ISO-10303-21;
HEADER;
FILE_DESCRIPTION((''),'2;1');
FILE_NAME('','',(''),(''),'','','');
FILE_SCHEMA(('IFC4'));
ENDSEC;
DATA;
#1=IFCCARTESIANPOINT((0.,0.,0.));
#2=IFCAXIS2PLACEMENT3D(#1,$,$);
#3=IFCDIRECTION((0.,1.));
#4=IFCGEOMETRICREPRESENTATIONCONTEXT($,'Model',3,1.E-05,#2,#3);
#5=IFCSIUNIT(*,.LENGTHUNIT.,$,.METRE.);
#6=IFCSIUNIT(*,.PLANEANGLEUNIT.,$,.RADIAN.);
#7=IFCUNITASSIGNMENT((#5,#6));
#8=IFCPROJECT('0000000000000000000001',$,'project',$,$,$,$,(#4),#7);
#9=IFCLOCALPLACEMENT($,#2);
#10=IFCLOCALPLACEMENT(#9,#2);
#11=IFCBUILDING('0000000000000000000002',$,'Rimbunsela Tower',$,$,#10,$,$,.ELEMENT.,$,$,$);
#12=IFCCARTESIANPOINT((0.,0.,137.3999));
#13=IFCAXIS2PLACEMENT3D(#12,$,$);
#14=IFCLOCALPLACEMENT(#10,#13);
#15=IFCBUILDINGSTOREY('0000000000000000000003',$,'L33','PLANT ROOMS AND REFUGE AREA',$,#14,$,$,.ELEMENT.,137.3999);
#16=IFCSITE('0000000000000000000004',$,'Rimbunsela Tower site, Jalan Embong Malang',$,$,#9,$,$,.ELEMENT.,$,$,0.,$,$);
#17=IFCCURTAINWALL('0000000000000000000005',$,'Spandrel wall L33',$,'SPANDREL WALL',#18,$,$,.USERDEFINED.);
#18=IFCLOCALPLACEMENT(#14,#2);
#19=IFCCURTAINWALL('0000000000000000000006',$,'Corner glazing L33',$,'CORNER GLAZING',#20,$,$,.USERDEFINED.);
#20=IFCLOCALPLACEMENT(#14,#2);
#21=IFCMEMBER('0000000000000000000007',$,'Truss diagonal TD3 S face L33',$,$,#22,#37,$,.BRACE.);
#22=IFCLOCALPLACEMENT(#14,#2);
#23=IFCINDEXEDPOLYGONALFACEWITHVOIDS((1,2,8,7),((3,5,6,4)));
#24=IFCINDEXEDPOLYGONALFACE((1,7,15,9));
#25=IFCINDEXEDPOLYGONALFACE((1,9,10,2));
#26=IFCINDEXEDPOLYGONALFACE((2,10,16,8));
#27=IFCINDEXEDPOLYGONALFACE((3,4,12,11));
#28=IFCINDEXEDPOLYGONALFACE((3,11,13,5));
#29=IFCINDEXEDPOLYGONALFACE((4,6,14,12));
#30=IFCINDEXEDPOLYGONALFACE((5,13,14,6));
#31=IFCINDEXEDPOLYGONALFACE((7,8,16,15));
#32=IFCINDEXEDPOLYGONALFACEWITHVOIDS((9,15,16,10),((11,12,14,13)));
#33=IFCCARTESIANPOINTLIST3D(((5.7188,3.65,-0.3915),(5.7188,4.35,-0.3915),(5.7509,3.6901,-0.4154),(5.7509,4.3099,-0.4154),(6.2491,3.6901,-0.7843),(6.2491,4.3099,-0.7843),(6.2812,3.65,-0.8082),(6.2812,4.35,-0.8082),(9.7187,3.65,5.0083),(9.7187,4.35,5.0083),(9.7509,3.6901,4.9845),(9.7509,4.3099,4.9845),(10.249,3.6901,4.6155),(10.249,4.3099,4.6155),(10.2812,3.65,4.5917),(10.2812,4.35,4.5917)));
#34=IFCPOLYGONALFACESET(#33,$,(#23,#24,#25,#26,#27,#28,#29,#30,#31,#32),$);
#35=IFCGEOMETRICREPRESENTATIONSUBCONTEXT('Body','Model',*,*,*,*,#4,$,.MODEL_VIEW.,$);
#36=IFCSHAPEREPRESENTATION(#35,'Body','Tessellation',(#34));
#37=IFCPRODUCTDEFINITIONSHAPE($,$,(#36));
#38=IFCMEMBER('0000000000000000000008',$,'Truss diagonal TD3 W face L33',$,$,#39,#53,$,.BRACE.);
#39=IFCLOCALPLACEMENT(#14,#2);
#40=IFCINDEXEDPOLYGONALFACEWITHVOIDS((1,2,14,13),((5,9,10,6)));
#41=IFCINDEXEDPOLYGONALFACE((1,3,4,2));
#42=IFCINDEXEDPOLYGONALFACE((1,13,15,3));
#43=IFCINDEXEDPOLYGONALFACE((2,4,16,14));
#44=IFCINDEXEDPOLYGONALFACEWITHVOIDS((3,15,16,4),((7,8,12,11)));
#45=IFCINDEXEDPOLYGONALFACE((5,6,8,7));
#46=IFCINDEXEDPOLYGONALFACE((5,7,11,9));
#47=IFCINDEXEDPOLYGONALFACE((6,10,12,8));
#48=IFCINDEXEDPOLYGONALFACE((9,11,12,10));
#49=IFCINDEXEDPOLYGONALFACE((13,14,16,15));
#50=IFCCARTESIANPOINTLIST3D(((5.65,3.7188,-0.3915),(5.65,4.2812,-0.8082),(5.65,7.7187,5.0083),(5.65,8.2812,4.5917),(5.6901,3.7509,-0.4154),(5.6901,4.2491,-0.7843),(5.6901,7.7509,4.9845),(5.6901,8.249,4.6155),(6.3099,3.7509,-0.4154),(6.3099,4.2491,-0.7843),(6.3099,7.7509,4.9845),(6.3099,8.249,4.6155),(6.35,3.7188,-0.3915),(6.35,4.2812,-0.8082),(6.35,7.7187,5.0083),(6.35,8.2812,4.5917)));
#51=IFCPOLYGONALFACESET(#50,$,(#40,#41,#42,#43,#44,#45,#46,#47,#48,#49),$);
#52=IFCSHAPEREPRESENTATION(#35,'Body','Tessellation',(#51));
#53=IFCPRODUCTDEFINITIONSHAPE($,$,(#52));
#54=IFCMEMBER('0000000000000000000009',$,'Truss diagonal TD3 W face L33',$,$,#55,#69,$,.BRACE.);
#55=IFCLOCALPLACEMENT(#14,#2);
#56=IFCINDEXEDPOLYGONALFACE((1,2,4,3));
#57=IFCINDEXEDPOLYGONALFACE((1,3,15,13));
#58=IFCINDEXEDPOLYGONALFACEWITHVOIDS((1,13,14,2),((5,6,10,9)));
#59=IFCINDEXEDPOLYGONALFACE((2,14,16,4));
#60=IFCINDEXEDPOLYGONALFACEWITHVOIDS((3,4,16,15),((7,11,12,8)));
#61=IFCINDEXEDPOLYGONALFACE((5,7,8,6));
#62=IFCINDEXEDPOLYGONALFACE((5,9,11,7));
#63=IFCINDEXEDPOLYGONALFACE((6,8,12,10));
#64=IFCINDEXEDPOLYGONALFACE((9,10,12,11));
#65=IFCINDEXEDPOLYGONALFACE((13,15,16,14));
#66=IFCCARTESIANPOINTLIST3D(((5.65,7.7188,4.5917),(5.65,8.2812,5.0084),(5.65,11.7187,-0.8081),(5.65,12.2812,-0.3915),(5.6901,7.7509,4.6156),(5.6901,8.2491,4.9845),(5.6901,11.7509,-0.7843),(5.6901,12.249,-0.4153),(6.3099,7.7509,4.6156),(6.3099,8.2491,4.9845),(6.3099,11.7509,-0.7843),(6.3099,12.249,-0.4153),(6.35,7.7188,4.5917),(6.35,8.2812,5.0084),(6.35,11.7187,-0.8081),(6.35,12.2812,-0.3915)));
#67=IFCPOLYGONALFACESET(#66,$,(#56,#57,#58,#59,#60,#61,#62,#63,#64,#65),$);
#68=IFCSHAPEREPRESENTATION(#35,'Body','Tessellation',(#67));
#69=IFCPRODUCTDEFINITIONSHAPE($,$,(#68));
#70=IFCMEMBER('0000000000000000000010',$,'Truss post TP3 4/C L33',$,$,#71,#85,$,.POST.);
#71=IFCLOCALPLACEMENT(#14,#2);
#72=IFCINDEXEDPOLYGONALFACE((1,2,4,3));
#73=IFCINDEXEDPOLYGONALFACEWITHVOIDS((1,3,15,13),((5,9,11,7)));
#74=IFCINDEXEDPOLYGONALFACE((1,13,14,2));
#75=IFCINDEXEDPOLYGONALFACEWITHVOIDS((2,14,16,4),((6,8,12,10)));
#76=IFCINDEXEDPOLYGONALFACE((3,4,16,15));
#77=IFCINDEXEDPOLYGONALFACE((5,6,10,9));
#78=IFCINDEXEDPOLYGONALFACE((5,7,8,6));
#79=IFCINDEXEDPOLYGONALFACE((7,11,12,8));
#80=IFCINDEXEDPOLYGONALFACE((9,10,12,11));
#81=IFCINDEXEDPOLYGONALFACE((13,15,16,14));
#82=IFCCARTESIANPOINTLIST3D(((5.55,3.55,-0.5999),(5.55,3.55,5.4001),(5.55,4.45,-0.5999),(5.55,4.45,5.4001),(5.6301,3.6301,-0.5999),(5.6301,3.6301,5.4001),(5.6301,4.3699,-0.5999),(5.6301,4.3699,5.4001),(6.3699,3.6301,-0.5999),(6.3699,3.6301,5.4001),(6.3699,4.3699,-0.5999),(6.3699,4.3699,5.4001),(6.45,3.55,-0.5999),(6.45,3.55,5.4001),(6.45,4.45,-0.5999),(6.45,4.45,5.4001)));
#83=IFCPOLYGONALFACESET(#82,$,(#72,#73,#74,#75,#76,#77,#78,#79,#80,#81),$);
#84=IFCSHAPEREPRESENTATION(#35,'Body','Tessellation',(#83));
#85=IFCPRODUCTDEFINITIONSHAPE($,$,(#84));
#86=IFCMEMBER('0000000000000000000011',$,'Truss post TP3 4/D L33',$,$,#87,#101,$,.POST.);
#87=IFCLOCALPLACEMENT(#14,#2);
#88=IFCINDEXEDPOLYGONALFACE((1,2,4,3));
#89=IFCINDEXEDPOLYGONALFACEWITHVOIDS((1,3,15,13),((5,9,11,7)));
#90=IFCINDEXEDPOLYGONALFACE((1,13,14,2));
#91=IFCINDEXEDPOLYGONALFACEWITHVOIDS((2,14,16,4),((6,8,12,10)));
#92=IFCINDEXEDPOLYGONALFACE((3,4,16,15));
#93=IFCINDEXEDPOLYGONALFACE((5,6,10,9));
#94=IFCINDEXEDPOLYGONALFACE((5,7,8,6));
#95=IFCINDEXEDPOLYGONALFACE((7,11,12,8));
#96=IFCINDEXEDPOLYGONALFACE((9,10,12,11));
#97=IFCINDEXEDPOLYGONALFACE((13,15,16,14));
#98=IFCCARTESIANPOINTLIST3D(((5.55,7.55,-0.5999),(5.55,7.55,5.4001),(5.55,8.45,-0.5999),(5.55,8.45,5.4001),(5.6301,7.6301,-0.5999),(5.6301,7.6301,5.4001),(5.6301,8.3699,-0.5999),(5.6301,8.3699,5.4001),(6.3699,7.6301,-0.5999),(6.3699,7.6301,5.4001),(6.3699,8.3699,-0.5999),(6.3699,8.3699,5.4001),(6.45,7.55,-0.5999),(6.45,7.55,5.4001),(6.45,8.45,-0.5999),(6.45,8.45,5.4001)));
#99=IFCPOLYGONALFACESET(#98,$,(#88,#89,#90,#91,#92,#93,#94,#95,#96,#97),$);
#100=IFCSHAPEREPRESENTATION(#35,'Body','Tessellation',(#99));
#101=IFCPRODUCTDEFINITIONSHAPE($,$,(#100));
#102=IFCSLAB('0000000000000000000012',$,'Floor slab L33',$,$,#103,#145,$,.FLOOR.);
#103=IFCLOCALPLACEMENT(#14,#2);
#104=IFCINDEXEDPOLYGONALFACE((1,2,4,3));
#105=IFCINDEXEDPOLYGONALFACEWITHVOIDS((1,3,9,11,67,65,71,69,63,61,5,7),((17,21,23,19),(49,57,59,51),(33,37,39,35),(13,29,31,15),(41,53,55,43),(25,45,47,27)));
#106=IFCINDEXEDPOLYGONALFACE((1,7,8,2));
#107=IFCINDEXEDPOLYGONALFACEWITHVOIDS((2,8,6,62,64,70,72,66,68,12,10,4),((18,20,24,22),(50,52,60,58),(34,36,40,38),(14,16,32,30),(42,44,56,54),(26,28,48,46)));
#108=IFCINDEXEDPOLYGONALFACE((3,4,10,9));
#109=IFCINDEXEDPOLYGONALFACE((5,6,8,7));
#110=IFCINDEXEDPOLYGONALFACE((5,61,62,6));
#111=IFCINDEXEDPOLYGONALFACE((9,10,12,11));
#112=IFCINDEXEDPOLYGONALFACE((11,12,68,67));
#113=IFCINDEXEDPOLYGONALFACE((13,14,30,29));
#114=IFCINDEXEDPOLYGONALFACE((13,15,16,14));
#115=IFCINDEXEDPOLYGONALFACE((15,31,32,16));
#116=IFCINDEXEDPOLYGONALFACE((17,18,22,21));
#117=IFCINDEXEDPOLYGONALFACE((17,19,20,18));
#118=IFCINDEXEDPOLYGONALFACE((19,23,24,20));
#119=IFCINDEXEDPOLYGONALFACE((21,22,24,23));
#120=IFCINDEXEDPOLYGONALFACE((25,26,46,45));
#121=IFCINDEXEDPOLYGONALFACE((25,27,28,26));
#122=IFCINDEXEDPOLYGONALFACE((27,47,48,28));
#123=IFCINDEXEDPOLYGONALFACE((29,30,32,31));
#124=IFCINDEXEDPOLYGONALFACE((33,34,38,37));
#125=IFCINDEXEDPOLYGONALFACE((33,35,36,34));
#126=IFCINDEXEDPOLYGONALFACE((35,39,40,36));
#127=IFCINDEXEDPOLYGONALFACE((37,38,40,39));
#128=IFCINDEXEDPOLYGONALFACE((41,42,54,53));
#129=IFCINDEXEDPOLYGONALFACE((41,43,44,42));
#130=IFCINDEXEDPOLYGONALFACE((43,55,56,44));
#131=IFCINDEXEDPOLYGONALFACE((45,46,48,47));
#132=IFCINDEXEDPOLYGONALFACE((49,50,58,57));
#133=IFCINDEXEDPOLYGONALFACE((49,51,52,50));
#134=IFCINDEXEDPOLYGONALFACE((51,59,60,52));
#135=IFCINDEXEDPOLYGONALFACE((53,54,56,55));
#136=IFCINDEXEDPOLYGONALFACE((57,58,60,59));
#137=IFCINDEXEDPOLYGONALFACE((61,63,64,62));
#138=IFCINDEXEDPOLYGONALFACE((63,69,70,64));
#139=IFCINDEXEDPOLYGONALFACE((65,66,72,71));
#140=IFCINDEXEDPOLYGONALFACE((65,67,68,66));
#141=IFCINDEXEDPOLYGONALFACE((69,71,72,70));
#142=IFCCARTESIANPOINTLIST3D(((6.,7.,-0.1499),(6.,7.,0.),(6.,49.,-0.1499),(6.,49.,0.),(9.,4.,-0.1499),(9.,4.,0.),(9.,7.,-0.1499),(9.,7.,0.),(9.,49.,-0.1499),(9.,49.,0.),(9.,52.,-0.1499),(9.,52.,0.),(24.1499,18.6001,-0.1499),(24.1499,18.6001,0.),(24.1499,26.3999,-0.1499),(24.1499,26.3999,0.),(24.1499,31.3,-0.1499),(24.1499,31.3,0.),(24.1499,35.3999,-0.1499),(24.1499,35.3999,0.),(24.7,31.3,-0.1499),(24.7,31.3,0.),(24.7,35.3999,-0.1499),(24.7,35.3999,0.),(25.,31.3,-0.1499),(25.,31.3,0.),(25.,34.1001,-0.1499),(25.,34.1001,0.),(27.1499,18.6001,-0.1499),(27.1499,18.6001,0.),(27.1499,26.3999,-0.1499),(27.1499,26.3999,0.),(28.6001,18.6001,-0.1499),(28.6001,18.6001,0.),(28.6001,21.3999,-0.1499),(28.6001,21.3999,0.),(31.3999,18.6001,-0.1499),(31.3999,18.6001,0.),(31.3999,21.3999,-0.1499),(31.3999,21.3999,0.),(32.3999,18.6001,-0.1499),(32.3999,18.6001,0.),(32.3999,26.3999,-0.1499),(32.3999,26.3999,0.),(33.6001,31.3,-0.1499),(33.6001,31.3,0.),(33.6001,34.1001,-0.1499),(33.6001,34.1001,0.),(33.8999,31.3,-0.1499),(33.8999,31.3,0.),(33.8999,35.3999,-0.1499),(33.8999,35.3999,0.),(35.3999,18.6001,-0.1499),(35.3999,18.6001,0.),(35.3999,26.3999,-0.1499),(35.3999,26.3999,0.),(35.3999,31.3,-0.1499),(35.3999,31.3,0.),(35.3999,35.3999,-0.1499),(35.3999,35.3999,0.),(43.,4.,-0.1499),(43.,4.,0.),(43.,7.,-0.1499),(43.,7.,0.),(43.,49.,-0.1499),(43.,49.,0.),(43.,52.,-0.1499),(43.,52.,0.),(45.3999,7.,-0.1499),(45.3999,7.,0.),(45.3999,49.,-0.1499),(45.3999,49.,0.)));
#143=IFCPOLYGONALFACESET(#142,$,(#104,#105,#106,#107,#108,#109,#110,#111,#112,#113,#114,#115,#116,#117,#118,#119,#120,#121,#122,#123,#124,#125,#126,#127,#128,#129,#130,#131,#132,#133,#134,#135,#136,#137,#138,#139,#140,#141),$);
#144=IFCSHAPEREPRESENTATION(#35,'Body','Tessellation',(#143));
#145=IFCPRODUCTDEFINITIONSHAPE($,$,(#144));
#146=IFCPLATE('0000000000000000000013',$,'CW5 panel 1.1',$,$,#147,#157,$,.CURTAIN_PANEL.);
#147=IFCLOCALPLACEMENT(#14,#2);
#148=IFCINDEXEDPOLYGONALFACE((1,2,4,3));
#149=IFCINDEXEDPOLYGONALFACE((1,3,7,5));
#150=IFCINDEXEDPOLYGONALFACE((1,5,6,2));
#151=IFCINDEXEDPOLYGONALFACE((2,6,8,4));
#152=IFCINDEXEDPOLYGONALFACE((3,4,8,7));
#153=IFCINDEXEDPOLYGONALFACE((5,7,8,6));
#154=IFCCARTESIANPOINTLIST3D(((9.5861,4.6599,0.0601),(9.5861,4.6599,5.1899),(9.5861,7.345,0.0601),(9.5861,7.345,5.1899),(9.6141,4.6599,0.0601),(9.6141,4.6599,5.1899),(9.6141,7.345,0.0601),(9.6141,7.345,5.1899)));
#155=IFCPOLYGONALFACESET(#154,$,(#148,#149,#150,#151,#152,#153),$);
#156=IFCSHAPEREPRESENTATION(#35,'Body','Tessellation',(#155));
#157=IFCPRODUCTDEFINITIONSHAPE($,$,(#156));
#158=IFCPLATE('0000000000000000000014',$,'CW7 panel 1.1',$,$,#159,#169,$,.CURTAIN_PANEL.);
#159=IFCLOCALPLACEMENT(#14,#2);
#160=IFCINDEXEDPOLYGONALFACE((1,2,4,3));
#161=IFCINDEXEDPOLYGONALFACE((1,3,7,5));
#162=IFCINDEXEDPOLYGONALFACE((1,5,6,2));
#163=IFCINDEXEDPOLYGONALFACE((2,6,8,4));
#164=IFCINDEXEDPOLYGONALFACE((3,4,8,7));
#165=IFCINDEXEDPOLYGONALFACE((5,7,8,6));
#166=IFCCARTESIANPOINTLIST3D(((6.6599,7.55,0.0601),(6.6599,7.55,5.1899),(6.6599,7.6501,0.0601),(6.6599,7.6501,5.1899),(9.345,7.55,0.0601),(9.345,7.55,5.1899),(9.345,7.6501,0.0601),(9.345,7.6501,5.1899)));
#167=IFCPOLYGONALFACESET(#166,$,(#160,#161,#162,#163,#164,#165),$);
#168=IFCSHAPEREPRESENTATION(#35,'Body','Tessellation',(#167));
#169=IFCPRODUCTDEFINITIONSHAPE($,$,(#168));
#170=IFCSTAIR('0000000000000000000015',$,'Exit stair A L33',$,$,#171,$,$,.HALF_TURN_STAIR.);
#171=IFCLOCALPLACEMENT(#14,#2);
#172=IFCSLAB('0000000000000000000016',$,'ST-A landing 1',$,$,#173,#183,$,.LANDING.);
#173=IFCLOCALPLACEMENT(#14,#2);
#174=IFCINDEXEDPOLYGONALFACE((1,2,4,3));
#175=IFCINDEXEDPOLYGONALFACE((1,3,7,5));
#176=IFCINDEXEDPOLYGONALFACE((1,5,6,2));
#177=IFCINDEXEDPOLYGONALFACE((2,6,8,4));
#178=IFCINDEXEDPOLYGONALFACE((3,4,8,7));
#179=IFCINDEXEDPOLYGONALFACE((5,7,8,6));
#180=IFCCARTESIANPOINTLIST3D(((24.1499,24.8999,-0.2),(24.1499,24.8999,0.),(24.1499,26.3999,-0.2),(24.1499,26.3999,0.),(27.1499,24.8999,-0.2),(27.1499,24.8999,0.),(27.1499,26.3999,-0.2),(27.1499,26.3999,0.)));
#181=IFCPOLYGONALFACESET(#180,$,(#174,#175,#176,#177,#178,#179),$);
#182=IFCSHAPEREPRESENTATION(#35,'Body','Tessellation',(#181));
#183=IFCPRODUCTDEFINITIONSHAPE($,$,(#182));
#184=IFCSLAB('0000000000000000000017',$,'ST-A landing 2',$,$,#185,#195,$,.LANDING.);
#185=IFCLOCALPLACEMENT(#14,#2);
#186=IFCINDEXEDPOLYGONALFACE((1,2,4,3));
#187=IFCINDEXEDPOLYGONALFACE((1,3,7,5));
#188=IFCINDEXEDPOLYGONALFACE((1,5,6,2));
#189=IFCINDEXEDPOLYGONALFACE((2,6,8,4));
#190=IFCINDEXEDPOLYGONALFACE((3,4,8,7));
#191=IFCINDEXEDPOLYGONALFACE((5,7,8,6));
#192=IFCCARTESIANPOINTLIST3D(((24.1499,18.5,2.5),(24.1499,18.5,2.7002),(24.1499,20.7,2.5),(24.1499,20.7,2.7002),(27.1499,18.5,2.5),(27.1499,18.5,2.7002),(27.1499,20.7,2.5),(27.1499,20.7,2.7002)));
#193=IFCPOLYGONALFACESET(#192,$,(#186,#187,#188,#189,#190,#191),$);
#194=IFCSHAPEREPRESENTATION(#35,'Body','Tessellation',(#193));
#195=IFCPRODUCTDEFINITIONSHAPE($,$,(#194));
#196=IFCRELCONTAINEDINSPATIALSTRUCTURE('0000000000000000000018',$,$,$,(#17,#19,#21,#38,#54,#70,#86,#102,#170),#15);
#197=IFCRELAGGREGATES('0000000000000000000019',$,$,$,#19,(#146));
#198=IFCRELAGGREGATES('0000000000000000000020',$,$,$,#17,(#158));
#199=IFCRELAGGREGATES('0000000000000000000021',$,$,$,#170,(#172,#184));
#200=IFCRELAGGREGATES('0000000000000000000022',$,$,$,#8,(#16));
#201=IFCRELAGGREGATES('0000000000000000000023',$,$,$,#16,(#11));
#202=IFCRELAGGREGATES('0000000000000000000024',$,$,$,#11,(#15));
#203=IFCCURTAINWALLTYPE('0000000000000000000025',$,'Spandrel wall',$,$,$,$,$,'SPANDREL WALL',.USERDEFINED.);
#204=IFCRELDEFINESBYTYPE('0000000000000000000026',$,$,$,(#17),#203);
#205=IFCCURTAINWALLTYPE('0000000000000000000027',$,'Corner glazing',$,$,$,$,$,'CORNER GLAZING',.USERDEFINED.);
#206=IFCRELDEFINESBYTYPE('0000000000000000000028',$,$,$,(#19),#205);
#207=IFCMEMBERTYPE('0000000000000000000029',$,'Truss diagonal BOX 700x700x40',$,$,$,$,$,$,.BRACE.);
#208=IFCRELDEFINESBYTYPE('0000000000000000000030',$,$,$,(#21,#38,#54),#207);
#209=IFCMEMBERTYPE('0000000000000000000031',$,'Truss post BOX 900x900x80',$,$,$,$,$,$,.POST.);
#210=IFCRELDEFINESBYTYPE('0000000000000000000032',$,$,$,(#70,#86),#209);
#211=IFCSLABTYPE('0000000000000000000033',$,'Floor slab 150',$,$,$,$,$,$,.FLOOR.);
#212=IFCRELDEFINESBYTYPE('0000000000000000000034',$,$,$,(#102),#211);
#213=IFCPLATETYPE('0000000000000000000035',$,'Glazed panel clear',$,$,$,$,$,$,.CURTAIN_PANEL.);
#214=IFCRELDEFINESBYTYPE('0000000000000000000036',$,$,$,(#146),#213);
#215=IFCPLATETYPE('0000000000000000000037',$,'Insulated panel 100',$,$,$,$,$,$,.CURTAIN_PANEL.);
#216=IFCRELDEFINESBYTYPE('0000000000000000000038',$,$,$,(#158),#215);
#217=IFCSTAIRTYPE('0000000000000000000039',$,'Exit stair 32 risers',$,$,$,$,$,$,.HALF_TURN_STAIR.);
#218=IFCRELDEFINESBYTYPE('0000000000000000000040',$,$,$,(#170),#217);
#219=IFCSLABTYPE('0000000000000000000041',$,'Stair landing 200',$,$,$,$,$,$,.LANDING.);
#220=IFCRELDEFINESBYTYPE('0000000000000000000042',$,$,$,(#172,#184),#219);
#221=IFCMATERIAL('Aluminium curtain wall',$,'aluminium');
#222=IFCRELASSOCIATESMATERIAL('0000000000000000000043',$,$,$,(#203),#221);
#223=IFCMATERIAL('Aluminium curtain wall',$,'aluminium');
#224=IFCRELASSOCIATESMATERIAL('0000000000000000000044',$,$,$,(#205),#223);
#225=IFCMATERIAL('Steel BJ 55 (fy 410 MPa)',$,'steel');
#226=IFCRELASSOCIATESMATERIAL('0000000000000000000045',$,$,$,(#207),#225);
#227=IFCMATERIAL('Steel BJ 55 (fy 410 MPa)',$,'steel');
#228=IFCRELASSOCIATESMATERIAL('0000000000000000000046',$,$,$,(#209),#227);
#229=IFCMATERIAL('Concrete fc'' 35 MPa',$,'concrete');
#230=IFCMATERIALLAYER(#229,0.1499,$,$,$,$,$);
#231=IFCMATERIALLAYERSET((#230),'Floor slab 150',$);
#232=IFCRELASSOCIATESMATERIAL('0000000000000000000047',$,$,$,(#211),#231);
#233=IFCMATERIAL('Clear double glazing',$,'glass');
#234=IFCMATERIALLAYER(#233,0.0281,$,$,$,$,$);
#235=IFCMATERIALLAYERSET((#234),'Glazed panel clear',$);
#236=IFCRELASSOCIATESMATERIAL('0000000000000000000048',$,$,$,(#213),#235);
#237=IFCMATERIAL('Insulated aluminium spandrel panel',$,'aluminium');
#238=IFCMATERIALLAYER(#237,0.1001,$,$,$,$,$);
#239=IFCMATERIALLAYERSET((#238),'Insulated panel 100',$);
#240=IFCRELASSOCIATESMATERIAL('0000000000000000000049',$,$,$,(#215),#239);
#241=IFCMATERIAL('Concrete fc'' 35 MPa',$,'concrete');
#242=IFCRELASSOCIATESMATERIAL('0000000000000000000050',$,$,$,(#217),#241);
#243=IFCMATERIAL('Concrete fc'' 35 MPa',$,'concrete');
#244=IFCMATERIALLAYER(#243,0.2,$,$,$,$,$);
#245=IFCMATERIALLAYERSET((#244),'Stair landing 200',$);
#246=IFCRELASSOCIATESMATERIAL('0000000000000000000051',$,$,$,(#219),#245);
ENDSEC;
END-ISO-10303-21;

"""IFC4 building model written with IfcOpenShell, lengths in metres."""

from ifc_helpers import new_model, si_unit, direction, frame, origin, origin_2d, place, context, subcontext, project, spatial, polyline, rectangle, hollow_rectangle, outline, extrude, material, layer, layer_set, material_profile, profile_set, type_object, element, aggregate, save


model = new_model("IFC4")

# Units and contexts
model_context = context("Model", 3, precision=1e-05, world=origin(), true_north=direction((0.0, 1.0)))
body_context = subcontext(model_context, "Body", "Model", "MODEL_VIEW")
ifc_project = project(units=[si_unit("LENGTHUNIT", "METRE"), si_unit("PLANEANGLEUNIT", "RADIAN")], contexts=[model_context])

# Site, building, storey
site_placement = place(None, origin())
site = spatial("IfcSite", under=ifc_project, at=site_placement, Name="Rimbunsela Tower site, Jalan Embong Malang", CompositionType="ELEMENT", RefElevation=0.0)
building_placement = place(site_placement, origin())
building = spatial("IfcBuilding", under=site, at=building_placement, Name="Rimbunsela Tower", CompositionType="ELEMENT")
storey_placement = place(building_placement, frame((0.0, 0.0, 137.3999)))
storey = spatial("IfcBuildingStorey", under=building, at=storey_placement, Name="L33", Description="PLANT ROOMS AND REFUGE AREA", CompositionType="ELEMENT", Elevation=137.3999)

# Curtain wall
ifc_material_1 = material(Name="Aluminium curtain wall", Category="aluminium")
curtain_wall_type_1 = type_object("IfcCurtainWallType", Name="Spandrel wall", ElementType="SPANDREL WALL", PredefinedType="USERDEFINED", material=ifc_material_1)
curtain_wall_1_placement = place(storey_placement, origin())
curtain_wall_1 = element("IfcCurtainWall", 1, at=curtain_wall_1_placement, inside=storey, type_object=curtain_wall_type_1, Name="Spandrel wall L33", ObjectType="SPANDREL WALL", PredefinedType="USERDEFINED")

# Curtain wall
ifc_material_2 = material(Name="Aluminium curtain wall", Category="aluminium")
curtain_wall_type_2 = type_object("IfcCurtainWallType", Name="Corner glazing", ElementType="CORNER GLAZING", PredefinedType="USERDEFINED", material=ifc_material_2)
curtain_wall_2_placement = place(storey_placement, origin())
curtain_wall_2 = element("IfcCurtainWall", 2, at=curtain_wall_2_placement, inside=storey, type_object=curtain_wall_type_2, Name="Corner glazing L33", ObjectType="CORNER GLAZING", PredefinedType="USERDEFINED")

# Members
ifc_material_3 = material(Name="Steel BJ 55 (fy 410 MPa)", Category="steel")
ifc_material_profile_1 = material_profile(ifc_material_3, hollow_rectangle(XDim=0.7, YDim=0.7, WallThickness=0.04, at=origin_2d()), Name="BOX 700x700x40")
ifc_profile_set_1 = profile_set([ifc_material_profile_1], Name="Steel BJ 55 (fy 410 MPa)")
member_type_1 = type_object("IfcMemberType", Name="Truss diagonal BOX 700x700x40", PredefinedType="BRACE", material=ifc_profile_set_1)
for number, where, z_axis, x_axis, name in (
    (3, (6.0, 4.0, -0.5999), (0.595235, 0.0, 0.803552), (0.0, 1.0, 0.0), "Truss diagonal TD3 S face L33"),
    (4, (6.0, 4.0, -0.5999), (0.0, 0.595235, 0.803552), (-1.0, 0.0, 0.0), "Truss diagonal TD3 W face L33"),
    (5, (6.0, 8.0, 4.8), (0.0, 0.595235, -0.803552), (-1.0, 0.0, 0.0), "Truss diagonal TD3 W face L33"),
):
    element("IfcMember", number, at=place(storey_placement, frame(where, z_axis=z_axis, x_axis=x_axis)), inside=storey, type_object=member_type_1, Name=name, PredefinedType="BRACE", context=body_context, shape_type="SweptSolid", body=[
        extrude(hollow_rectangle(XDim=0.7, YDim=0.7, WallThickness=0.04, at=origin_2d()), origin(), (0.0, 0.0, 1.0), 6.72),
    ])
ifc_material_4 = material(Name="Steel BJ 55 (fy 410 MPa)", Category="steel")
ifc_material_profile_2 = material_profile(ifc_material_4, hollow_rectangle(XDim=0.8999, YDim=0.8999, WallThickness=0.0801, at=origin_2d()), Name="BOX 900x900x80")
ifc_profile_set_2 = profile_set([ifc_material_profile_2], Name="Steel BJ 55 (fy 410 MPa)")
member_type_2 = type_object("IfcMemberType", Name="Truss post BOX 900x900x80", PredefinedType="POST", material=ifc_profile_set_2)
for number, where, z_axis, x_axis, name in (
    (6, (6.0, 4.0, -0.5999), (0.0, 0.0, 1.0), (1.0, 0.0, 0.0), "Truss post TP3 4/C L33"),
    (7, (6.0, 8.0, -0.5999), (0.0, 0.0, 1.0), (1.0, 0.0, 0.0), "Truss post TP3 4/D L33"),
):
    element("IfcMember", number, at=place(storey_placement, frame(where, z_axis=z_axis, x_axis=x_axis)), inside=storey, type_object=member_type_2, Name=name, PredefinedType="POST", context=body_context, shape_type="SweptSolid", body=[
        extrude(hollow_rectangle(XDim=0.8999, YDim=0.8999, WallThickness=0.0801, at=origin_2d()), origin(), (0.0, 0.0, 1.0), 6.0),
    ])

# Slab
ifc_material_5 = material(Name="Concrete fc' 35 MPa", Category="concrete")
ifc_layer_1 = layer(ifc_material_5, 0.1499)
ifc_layer_set_1 = layer_set([ifc_layer_1], Name="Floor slab 150")
slab_type_1 = type_object("IfcSlabType", Name="Floor slab 150", PredefinedType="FLOOR", material=ifc_layer_set_1)
slab_1_placement = place(storey_placement, frame((0.0, 0.0, -0.1499)))
element("IfcSlab", 8, at=slab_1_placement, inside=storey, type_object=slab_type_1, Name="Floor slab L33", PredefinedType="FLOOR", context=body_context, shape_type="SweptSolid", body=[
    extrude(outline(polyline([(43.0, 7.0), (45.3999, 7.0), (45.3999, 49.0), (43.0, 49.0), (43.0, 52.0), (9.0, 52.0), (9.0, 49.0), (6.0, 49.0), (6.0, 7.0), (9.0, 7.0), (9.0, 4.0), (43.0, 4.0), (43.0, 7.0)]), holes=[polyline([(27.1499, 26.3999), (24.1499, 26.3999), (24.1499, 18.6001), (27.1499, 18.6001), (27.1499, 26.3999)]), polyline([(24.7, 35.3999), (24.1499, 35.3999), (24.1499, 31.3), (24.7, 31.3), (24.7, 35.3999)]), polyline([(25.0, 34.1001), (25.0, 31.3), (33.6001, 31.3), (33.6001, 34.1001), (25.0, 34.1001)]), polyline([(31.3999, 21.3999), (28.6001, 21.3999), (28.6001, 18.6001), (31.3999, 18.6001), (31.3999, 21.3999)]), polyline([(35.3999, 26.3999), (32.3999, 26.3999), (32.3999, 18.6001), (35.3999, 18.6001), (35.3999, 26.3999)]), polyline([(35.3999, 35.3999), (33.8999, 35.3999), (33.8999, 31.3), (35.3999, 31.3), (35.3999, 35.3999)])]), origin(), (0.0, 0.0, 1.0), 0.1499),
])

# Plates
ifc_material_6 = material(Name="Clear double glazing", Category="glass")
ifc_layer_2 = layer(ifc_material_6, 0.0281)
ifc_layer_set_2 = layer_set([ifc_layer_2], Name="Glazed panel clear")
plate_type_1 = type_object("IfcPlateType", Name="Glazed panel clear", PredefinedType="CURTAIN_PANEL", material=ifc_layer_set_2)
plate_1_placement = place(storey_placement, frame((9.6001, 6.0024, 0.0601), z_axis=(0.0, 0.0, 1.0), x_axis=(0.0, -1.0, 0.0)))
plate_1 = element("IfcPlate", 9, at=plate_1_placement, type_object=plate_type_1, Name="CW5 panel 1.1", PredefinedType="CURTAIN_PANEL", context=body_context, shape_type="SweptSolid", body=[
    extrude(rectangle(XDim=2.6851, YDim=0.0281, at=origin_2d()), origin(), (0.0, 0.0, 1.0), 5.1299),
])
aggregate(curtain_wall_2, [plate_1])
ifc_material_7 = material(Name="Insulated aluminium spandrel panel", Category="aluminium")
ifc_layer_3 = layer(ifc_material_7, 0.1001)
ifc_layer_set_3 = layer_set([ifc_layer_3], Name="Insulated panel 100")
plate_type_2 = type_object("IfcPlateType", Name="Insulated panel 100", PredefinedType="CURTAIN_PANEL", material=ifc_layer_set_3)
plate_2_placement = place(storey_placement, frame((8.0024, 7.6001, 0.0601), z_axis=(0.0, 0.0, 1.0), x_axis=(1.0, 0.0, 0.0)))
plate_2 = element("IfcPlate", 10, at=plate_2_placement, type_object=plate_type_2, Name="CW7 panel 1.1", PredefinedType="CURTAIN_PANEL", context=body_context, shape_type="SweptSolid", body=[
    extrude(rectangle(XDim=2.6851, YDim=0.1001, at=origin_2d()), origin(), (0.0, 0.0, 1.0), 5.1299),
])
aggregate(curtain_wall_1, [plate_2])

# Stair, slabs
ifc_material_8 = material(Name="Concrete fc' 35 MPa", Category="concrete")
stair_type = type_object("IfcStairType", Name="Exit stair 32 risers", PredefinedType="HALF_TURN_STAIR", material=ifc_material_8)
stair_1_placement = place(storey_placement, origin())
stair_1 = element("IfcStair", 11, at=stair_1_placement, inside=storey, type_object=stair_type, Name="Exit stair A L33", PredefinedType="HALF_TURN_STAIR")
ifc_material_9 = material(Name="Concrete fc' 35 MPa", Category="concrete")
ifc_layer_4 = layer(ifc_material_9, 0.2)
ifc_layer_set_4 = layer_set([ifc_layer_4], Name="Stair landing 200")
slab_type_2 = type_object("IfcSlabType", Name="Stair landing 200", PredefinedType="LANDING", material=ifc_layer_set_4)
slab_2_placement = place(storey_placement, frame((0.0, 0.0, -0.2)))
slab_2 = element("IfcSlab", 12, at=slab_2_placement, type_object=slab_type_2, Name="ST-A landing 1", PredefinedType="LANDING", context=body_context, shape_type="SweptSolid", body=[
    extrude(outline(polyline([(24.1499, 24.8999), (27.1499, 24.8999), (27.1499, 26.3999), (24.1499, 26.3999), (24.1499, 24.8999)])), origin(), (0.0, 0.0, 1.0), 0.2),
])
slab_3_placement = place(storey_placement, frame((0.0, 0.0, 2.5)))
slab_3 = element("IfcSlab", 13, at=slab_3_placement, type_object=slab_type_2, Name="ST-A landing 2", PredefinedType="LANDING", context=body_context, shape_type="SweptSolid", body=[
    extrude(outline(polyline([(24.1499, 18.5), (27.1499, 18.5), (27.1499, 20.7), (24.1499, 20.7), (24.1499, 18.5)])), origin(), (0.0, 0.0, 1.0), 0.2002),
])
aggregate(stair_1, [slab_2, slab_3])

save(model, "model.ifc")
